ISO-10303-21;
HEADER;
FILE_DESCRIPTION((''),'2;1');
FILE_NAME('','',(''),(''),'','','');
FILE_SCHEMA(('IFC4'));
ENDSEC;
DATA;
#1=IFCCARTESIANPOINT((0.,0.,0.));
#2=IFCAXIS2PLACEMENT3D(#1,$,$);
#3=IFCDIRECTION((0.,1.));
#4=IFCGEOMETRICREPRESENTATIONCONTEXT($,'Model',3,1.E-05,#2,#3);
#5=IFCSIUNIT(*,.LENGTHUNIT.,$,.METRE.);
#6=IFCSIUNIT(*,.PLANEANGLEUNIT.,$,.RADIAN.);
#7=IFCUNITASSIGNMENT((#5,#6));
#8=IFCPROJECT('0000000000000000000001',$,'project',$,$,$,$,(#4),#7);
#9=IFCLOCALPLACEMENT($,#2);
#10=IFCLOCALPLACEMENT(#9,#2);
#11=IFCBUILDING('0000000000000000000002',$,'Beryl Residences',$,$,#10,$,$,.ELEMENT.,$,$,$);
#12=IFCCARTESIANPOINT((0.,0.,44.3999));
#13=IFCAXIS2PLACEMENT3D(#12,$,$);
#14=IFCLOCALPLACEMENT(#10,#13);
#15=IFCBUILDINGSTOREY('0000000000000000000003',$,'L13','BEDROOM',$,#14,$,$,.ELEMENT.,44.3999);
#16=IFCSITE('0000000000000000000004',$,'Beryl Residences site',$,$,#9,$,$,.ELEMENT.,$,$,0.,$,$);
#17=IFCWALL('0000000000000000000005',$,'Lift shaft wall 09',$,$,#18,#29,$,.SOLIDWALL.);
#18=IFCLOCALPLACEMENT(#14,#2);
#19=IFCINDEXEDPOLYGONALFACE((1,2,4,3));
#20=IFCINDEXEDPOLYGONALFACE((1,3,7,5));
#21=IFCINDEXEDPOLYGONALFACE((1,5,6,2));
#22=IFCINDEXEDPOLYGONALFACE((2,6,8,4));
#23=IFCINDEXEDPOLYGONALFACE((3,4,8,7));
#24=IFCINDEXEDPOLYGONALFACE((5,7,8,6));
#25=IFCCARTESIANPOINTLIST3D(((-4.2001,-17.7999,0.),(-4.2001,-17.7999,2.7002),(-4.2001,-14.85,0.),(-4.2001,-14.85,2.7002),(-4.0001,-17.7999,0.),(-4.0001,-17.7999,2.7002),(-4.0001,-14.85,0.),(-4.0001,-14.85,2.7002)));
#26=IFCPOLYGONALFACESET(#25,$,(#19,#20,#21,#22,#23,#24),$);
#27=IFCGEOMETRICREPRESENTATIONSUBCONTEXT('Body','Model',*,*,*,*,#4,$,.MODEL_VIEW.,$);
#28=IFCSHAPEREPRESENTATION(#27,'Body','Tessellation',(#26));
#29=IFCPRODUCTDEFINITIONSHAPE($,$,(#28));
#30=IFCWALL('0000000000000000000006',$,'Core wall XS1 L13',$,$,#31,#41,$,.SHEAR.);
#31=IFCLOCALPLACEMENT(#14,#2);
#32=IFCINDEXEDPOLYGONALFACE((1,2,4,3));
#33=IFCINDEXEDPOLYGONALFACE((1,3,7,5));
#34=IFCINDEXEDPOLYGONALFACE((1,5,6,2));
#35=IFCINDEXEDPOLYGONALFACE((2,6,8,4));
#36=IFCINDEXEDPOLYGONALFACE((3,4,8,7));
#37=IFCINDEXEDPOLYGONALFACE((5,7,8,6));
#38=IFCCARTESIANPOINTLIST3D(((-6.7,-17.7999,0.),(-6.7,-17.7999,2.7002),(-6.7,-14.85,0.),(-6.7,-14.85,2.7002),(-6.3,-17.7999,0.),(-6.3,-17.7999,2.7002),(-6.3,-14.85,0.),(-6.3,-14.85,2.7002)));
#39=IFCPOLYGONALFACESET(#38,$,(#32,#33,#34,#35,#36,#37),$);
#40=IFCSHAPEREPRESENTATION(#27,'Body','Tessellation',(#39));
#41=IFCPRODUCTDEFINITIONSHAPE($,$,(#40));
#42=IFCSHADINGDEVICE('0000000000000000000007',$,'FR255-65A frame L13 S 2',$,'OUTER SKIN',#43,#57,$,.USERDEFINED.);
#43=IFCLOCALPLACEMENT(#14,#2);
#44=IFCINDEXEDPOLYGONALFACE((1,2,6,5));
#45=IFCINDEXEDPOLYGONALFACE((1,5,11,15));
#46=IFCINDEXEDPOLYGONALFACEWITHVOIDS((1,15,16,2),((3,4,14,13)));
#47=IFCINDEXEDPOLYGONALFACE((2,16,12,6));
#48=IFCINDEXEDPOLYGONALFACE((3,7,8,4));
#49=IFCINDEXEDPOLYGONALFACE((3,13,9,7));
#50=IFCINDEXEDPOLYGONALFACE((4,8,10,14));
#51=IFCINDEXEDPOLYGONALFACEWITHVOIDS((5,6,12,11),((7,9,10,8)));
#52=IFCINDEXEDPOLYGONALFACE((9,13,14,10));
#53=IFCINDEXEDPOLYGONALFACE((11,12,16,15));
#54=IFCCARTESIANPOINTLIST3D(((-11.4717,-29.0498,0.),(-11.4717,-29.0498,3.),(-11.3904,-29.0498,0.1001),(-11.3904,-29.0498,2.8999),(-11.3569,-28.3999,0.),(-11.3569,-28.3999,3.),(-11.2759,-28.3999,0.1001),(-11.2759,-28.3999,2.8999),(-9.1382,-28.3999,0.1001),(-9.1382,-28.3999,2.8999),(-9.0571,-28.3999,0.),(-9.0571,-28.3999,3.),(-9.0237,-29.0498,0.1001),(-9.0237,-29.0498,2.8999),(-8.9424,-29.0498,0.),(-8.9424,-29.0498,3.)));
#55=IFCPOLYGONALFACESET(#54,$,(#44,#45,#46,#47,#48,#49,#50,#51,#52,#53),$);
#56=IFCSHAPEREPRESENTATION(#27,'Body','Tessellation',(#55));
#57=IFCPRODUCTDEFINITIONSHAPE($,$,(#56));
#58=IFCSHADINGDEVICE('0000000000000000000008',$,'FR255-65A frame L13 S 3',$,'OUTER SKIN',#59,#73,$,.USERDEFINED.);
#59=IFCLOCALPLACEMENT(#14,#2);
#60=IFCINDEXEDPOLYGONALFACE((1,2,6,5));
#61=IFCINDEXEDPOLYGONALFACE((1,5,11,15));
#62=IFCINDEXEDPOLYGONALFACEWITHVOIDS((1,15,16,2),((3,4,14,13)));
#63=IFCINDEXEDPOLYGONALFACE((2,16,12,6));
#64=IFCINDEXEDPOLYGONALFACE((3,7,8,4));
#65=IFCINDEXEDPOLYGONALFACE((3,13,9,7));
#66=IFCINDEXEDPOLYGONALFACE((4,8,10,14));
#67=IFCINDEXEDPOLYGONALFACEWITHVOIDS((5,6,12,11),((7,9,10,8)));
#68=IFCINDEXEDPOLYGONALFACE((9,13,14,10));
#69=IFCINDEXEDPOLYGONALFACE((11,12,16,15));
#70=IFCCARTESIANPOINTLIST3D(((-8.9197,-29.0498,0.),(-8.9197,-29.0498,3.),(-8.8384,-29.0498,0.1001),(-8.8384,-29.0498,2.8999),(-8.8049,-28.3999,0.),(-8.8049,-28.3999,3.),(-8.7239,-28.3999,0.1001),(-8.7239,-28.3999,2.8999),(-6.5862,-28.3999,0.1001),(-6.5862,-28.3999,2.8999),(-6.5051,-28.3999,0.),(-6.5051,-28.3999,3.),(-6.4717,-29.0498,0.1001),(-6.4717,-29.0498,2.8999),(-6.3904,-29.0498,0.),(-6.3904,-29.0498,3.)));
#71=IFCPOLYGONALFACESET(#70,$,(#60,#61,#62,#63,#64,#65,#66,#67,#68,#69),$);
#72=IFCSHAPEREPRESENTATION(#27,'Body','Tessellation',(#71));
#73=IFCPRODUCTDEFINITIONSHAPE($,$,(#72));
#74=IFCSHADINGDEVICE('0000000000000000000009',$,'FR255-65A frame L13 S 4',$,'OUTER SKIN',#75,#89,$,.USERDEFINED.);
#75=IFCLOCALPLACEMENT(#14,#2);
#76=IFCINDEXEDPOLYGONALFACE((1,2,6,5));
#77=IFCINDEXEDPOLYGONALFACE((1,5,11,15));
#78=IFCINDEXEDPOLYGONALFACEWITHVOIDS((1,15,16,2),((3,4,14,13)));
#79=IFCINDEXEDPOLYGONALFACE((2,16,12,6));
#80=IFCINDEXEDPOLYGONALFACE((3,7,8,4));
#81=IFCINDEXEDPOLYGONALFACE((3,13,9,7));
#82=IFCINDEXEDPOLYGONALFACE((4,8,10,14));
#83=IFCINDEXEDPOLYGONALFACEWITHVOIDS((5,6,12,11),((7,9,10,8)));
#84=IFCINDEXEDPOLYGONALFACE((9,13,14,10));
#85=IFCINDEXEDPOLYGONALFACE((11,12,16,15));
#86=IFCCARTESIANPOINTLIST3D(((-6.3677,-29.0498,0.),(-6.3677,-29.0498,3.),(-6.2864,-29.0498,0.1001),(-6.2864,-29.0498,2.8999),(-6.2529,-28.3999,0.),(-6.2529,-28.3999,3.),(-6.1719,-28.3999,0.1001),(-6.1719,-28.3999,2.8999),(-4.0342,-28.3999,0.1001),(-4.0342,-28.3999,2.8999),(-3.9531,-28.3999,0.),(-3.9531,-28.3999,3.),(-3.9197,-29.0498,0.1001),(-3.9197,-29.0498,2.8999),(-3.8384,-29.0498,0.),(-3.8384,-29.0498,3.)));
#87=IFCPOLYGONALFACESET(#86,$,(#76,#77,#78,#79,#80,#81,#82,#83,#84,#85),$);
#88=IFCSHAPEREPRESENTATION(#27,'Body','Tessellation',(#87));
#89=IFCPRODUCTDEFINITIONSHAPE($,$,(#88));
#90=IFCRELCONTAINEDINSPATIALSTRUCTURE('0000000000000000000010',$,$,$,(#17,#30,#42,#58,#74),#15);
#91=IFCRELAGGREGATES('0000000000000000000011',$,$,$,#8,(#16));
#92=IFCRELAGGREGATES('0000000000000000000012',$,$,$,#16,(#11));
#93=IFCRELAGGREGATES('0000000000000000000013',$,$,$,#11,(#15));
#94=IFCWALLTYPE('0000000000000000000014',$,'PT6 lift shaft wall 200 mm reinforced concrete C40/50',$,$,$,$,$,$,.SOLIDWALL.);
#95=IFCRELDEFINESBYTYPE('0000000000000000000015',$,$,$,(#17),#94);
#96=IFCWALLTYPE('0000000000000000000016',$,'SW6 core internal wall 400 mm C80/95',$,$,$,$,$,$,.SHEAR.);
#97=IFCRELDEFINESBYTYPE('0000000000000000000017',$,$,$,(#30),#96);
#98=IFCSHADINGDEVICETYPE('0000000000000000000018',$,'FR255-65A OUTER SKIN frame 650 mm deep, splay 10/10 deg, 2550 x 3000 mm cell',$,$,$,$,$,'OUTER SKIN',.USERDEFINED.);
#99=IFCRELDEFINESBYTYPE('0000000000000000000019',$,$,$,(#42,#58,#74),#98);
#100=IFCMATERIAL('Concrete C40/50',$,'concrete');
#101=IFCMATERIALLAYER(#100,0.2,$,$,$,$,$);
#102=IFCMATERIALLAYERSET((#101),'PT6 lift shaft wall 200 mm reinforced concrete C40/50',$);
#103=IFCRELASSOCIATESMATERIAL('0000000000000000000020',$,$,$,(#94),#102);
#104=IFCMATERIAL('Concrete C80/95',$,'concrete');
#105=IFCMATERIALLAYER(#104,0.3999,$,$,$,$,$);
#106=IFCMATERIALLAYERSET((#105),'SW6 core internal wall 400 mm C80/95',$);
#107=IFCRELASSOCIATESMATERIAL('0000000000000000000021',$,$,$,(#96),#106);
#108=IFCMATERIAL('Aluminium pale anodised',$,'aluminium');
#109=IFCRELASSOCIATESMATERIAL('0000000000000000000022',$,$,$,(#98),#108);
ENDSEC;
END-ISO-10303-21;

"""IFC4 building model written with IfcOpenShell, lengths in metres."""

from ifc_helpers import new_model, entity, si_unit, direction, frame, frame_2d, origin, place, context, subcontext, project, spatial, rectangle, extrude, source, transform, mapped, material, layer, layer_set, type_object, type_shapes, element, save


model = new_model("IFC4")

# Units and contexts
model_context = context("Model", 3, precision=1e-05, world=origin(), true_north=direction((0.0, 1.0)))
body_context = subcontext(model_context, "Body", "Model", "MODEL_VIEW")
ifc_project = project(units=[si_unit("LENGTHUNIT", "METRE"), si_unit("PLANEANGLEUNIT", "RADIAN")], contexts=[model_context])

# Site, building, storey
site_placement = place(None, origin())
site = spatial("IfcSite", under=ifc_project, at=site_placement, Name="Beryl Residences site", CompositionType="ELEMENT", RefElevation=0.0)
building_placement = place(site_placement, origin())
building = spatial("IfcBuilding", under=site, at=building_placement, Name="Beryl Residences", CompositionType="ELEMENT")
storey_placement = place(building_placement, frame((0.0, 0.0, 44.3999)))
storey = spatial("IfcBuildingStorey", under=building, at=storey_placement, Name="L13", Description="BEDROOM", CompositionType="ELEMENT", Elevation=44.3999)

# Walls
ifc_material_1 = material(Name="Concrete C40/50", Category="concrete")
ifc_layer_1 = layer(ifc_material_1, 0.2)
ifc_layer_set_1 = layer_set([ifc_layer_1], Name="PT6 lift shaft wall 200 mm reinforced concrete C40/50")
wall_type_1 = type_object("IfcWallType", Name="PT6 lift shaft wall 200 mm reinforced concrete C40/50", PredefinedType="SOLIDWALL", material=ifc_layer_set_1)
wall_1_placement = place(storey_placement, frame((-4.1001, -17.8, 0.0), z_axis=(0.0, 0.0, 1.0), x_axis=(0.0, 1.0, 0.0)))
element("IfcWall", 1, at=wall_1_placement, inside=storey, type_object=wall_type_1, Name="Lift shaft wall 09", PredefinedType="SOLIDWALL", context=body_context, shape_type="SweptSolid", body=[
    extrude(rectangle(XDim=2.95, YDim=0.2, at=frame_2d((1.4751, 0.0))), origin(), (0.0, 0.0, 1.0), 2.7002),
])
ifc_material_2 = material(Name="Concrete C80/95", Category="concrete")
ifc_layer_2 = layer(ifc_material_2, 0.3999)
ifc_layer_set_2 = layer_set([ifc_layer_2], Name="SW6 core internal wall 400 mm C80/95")
wall_type_2 = type_object("IfcWallType", Name="SW6 core internal wall 400 mm C80/95", PredefinedType="SHEAR", material=ifc_layer_set_2)
wall_2_placement = place(storey_placement, frame((-6.5, -17.8, 0.0), z_axis=(0.0, 0.0, 1.0), x_axis=(0.0, 1.0, 0.0)))
element("IfcWall", 2, at=wall_2_placement, inside=storey, type_object=wall_type_2, Name="Core wall XS1 L13", PredefinedType="SHEAR", context=body_context, shape_type="SweptSolid", body=[
    extrude(rectangle(XDim=2.95, YDim=0.3999, at=frame_2d((1.4751, 0.0))), origin(), (0.0, 0.0, 1.0), 2.7002),
])

# Shading devices
ifc_material_3 = material(Name="Aluminium pale anodised", Category="aluminium")
shading_device_type = type_object("IfcShadingDeviceType", Name="FR255-65A OUTER SKIN frame 650 mm deep, splay 10/10 deg, 2550 x 3000 mm cell", ElementType="OUTER SKIN", PredefinedType="USERDEFINED", material=ifc_material_3)
cartesian_point_1 = entity("IfcCartesianPoint", [-1.1499, 0.0])
cartesian_point_2 = entity("IfcCartesianPoint", [-1.0688, 0.1001])
cartesian_point_3 = entity("IfcCartesianPoint", [-1.2646, 0.0])
cartesian_point_4 = entity("IfcCartesianPoint", [-1.1833, 0.1001])
shared_shape = source(origin(), body_context, "Body", "SweptSolid", [
    entity("IfcExtrudedAreaSolidTapered", entity("IfcArbitraryProfileDefWithVoids", "AREA", None, entity("IfcPolyline", [cartesian_point_1, entity("IfcCartesianPoint", [1.1499, 0.0]), entity("IfcCartesianPoint", [1.1499, 3.0]), entity("IfcCartesianPoint", [-1.1499, 3.0]), cartesian_point_1]), [entity("IfcPolyline", [cartesian_point_2, entity("IfcCartesianPoint", [1.0688, 0.1001]), entity("IfcCartesianPoint", [1.0688, 2.8999]), entity("IfcCartesianPoint", [-1.0688, 2.8999]), cartesian_point_2])]), entity("IfcAxis2Placement3D", entity("IfcCartesianPoint", [0.0, 0.0, 0.0]), entity("IfcDirection", [0.0, 1.0, 0.0]), entity("IfcDirection", [-1.0, 0.0, 0.0])), entity("IfcDirection", [0.0, 0.0, 1.0]), 0.6499, entity("IfcArbitraryProfileDefWithVoids", "AREA", None, entity("IfcPolyline", [cartesian_point_3, entity("IfcCartesianPoint", [1.2646, 0.0]), entity("IfcCartesianPoint", [1.2646, 3.0]), entity("IfcCartesianPoint", [-1.2646, 3.0]), cartesian_point_3]), [entity("IfcPolyline", [cartesian_point_4, entity("IfcCartesianPoint", [1.1833, 0.1001]), entity("IfcCartesianPoint", [1.1833, 2.8999]), entity("IfcCartesianPoint", [-1.1833, 2.8999]), cartesian_point_4])])),
])
type_shapes(shading_device_type, [shared_shape])
for number, where, z_axis, x_axis, name in (
    (3, (-10.207, -28.3999, 0.0), (0.0, 0.0, 1.0), (-1.0, 0.0, 0.0), "FR255-65A frame L13 S 2"),
    (4, (-7.655, -28.3999, 0.0), (0.0, 0.0, 1.0), (-1.0, 0.0, 0.0), "FR255-65A frame L13 S 3"),
    (5, (-5.103, -28.3999, 0.0), (0.0, 0.0, 1.0), (-1.0, 0.0, 0.0), "FR255-65A frame L13 S 4"),
):
    element("IfcShadingDevice", number, at=place(storey_placement, frame(where, z_axis=z_axis, x_axis=x_axis)), inside=storey, type_object=shading_device_type, Name=name, ObjectType="OUTER SKIN", PredefinedType="USERDEFINED", context=body_context, shape_type="MappedRepresentation", body=[
        mapped(shared_shape, transform((0.0, 0.0, 0.0))),
    ])

save(model, "model.ifc")
